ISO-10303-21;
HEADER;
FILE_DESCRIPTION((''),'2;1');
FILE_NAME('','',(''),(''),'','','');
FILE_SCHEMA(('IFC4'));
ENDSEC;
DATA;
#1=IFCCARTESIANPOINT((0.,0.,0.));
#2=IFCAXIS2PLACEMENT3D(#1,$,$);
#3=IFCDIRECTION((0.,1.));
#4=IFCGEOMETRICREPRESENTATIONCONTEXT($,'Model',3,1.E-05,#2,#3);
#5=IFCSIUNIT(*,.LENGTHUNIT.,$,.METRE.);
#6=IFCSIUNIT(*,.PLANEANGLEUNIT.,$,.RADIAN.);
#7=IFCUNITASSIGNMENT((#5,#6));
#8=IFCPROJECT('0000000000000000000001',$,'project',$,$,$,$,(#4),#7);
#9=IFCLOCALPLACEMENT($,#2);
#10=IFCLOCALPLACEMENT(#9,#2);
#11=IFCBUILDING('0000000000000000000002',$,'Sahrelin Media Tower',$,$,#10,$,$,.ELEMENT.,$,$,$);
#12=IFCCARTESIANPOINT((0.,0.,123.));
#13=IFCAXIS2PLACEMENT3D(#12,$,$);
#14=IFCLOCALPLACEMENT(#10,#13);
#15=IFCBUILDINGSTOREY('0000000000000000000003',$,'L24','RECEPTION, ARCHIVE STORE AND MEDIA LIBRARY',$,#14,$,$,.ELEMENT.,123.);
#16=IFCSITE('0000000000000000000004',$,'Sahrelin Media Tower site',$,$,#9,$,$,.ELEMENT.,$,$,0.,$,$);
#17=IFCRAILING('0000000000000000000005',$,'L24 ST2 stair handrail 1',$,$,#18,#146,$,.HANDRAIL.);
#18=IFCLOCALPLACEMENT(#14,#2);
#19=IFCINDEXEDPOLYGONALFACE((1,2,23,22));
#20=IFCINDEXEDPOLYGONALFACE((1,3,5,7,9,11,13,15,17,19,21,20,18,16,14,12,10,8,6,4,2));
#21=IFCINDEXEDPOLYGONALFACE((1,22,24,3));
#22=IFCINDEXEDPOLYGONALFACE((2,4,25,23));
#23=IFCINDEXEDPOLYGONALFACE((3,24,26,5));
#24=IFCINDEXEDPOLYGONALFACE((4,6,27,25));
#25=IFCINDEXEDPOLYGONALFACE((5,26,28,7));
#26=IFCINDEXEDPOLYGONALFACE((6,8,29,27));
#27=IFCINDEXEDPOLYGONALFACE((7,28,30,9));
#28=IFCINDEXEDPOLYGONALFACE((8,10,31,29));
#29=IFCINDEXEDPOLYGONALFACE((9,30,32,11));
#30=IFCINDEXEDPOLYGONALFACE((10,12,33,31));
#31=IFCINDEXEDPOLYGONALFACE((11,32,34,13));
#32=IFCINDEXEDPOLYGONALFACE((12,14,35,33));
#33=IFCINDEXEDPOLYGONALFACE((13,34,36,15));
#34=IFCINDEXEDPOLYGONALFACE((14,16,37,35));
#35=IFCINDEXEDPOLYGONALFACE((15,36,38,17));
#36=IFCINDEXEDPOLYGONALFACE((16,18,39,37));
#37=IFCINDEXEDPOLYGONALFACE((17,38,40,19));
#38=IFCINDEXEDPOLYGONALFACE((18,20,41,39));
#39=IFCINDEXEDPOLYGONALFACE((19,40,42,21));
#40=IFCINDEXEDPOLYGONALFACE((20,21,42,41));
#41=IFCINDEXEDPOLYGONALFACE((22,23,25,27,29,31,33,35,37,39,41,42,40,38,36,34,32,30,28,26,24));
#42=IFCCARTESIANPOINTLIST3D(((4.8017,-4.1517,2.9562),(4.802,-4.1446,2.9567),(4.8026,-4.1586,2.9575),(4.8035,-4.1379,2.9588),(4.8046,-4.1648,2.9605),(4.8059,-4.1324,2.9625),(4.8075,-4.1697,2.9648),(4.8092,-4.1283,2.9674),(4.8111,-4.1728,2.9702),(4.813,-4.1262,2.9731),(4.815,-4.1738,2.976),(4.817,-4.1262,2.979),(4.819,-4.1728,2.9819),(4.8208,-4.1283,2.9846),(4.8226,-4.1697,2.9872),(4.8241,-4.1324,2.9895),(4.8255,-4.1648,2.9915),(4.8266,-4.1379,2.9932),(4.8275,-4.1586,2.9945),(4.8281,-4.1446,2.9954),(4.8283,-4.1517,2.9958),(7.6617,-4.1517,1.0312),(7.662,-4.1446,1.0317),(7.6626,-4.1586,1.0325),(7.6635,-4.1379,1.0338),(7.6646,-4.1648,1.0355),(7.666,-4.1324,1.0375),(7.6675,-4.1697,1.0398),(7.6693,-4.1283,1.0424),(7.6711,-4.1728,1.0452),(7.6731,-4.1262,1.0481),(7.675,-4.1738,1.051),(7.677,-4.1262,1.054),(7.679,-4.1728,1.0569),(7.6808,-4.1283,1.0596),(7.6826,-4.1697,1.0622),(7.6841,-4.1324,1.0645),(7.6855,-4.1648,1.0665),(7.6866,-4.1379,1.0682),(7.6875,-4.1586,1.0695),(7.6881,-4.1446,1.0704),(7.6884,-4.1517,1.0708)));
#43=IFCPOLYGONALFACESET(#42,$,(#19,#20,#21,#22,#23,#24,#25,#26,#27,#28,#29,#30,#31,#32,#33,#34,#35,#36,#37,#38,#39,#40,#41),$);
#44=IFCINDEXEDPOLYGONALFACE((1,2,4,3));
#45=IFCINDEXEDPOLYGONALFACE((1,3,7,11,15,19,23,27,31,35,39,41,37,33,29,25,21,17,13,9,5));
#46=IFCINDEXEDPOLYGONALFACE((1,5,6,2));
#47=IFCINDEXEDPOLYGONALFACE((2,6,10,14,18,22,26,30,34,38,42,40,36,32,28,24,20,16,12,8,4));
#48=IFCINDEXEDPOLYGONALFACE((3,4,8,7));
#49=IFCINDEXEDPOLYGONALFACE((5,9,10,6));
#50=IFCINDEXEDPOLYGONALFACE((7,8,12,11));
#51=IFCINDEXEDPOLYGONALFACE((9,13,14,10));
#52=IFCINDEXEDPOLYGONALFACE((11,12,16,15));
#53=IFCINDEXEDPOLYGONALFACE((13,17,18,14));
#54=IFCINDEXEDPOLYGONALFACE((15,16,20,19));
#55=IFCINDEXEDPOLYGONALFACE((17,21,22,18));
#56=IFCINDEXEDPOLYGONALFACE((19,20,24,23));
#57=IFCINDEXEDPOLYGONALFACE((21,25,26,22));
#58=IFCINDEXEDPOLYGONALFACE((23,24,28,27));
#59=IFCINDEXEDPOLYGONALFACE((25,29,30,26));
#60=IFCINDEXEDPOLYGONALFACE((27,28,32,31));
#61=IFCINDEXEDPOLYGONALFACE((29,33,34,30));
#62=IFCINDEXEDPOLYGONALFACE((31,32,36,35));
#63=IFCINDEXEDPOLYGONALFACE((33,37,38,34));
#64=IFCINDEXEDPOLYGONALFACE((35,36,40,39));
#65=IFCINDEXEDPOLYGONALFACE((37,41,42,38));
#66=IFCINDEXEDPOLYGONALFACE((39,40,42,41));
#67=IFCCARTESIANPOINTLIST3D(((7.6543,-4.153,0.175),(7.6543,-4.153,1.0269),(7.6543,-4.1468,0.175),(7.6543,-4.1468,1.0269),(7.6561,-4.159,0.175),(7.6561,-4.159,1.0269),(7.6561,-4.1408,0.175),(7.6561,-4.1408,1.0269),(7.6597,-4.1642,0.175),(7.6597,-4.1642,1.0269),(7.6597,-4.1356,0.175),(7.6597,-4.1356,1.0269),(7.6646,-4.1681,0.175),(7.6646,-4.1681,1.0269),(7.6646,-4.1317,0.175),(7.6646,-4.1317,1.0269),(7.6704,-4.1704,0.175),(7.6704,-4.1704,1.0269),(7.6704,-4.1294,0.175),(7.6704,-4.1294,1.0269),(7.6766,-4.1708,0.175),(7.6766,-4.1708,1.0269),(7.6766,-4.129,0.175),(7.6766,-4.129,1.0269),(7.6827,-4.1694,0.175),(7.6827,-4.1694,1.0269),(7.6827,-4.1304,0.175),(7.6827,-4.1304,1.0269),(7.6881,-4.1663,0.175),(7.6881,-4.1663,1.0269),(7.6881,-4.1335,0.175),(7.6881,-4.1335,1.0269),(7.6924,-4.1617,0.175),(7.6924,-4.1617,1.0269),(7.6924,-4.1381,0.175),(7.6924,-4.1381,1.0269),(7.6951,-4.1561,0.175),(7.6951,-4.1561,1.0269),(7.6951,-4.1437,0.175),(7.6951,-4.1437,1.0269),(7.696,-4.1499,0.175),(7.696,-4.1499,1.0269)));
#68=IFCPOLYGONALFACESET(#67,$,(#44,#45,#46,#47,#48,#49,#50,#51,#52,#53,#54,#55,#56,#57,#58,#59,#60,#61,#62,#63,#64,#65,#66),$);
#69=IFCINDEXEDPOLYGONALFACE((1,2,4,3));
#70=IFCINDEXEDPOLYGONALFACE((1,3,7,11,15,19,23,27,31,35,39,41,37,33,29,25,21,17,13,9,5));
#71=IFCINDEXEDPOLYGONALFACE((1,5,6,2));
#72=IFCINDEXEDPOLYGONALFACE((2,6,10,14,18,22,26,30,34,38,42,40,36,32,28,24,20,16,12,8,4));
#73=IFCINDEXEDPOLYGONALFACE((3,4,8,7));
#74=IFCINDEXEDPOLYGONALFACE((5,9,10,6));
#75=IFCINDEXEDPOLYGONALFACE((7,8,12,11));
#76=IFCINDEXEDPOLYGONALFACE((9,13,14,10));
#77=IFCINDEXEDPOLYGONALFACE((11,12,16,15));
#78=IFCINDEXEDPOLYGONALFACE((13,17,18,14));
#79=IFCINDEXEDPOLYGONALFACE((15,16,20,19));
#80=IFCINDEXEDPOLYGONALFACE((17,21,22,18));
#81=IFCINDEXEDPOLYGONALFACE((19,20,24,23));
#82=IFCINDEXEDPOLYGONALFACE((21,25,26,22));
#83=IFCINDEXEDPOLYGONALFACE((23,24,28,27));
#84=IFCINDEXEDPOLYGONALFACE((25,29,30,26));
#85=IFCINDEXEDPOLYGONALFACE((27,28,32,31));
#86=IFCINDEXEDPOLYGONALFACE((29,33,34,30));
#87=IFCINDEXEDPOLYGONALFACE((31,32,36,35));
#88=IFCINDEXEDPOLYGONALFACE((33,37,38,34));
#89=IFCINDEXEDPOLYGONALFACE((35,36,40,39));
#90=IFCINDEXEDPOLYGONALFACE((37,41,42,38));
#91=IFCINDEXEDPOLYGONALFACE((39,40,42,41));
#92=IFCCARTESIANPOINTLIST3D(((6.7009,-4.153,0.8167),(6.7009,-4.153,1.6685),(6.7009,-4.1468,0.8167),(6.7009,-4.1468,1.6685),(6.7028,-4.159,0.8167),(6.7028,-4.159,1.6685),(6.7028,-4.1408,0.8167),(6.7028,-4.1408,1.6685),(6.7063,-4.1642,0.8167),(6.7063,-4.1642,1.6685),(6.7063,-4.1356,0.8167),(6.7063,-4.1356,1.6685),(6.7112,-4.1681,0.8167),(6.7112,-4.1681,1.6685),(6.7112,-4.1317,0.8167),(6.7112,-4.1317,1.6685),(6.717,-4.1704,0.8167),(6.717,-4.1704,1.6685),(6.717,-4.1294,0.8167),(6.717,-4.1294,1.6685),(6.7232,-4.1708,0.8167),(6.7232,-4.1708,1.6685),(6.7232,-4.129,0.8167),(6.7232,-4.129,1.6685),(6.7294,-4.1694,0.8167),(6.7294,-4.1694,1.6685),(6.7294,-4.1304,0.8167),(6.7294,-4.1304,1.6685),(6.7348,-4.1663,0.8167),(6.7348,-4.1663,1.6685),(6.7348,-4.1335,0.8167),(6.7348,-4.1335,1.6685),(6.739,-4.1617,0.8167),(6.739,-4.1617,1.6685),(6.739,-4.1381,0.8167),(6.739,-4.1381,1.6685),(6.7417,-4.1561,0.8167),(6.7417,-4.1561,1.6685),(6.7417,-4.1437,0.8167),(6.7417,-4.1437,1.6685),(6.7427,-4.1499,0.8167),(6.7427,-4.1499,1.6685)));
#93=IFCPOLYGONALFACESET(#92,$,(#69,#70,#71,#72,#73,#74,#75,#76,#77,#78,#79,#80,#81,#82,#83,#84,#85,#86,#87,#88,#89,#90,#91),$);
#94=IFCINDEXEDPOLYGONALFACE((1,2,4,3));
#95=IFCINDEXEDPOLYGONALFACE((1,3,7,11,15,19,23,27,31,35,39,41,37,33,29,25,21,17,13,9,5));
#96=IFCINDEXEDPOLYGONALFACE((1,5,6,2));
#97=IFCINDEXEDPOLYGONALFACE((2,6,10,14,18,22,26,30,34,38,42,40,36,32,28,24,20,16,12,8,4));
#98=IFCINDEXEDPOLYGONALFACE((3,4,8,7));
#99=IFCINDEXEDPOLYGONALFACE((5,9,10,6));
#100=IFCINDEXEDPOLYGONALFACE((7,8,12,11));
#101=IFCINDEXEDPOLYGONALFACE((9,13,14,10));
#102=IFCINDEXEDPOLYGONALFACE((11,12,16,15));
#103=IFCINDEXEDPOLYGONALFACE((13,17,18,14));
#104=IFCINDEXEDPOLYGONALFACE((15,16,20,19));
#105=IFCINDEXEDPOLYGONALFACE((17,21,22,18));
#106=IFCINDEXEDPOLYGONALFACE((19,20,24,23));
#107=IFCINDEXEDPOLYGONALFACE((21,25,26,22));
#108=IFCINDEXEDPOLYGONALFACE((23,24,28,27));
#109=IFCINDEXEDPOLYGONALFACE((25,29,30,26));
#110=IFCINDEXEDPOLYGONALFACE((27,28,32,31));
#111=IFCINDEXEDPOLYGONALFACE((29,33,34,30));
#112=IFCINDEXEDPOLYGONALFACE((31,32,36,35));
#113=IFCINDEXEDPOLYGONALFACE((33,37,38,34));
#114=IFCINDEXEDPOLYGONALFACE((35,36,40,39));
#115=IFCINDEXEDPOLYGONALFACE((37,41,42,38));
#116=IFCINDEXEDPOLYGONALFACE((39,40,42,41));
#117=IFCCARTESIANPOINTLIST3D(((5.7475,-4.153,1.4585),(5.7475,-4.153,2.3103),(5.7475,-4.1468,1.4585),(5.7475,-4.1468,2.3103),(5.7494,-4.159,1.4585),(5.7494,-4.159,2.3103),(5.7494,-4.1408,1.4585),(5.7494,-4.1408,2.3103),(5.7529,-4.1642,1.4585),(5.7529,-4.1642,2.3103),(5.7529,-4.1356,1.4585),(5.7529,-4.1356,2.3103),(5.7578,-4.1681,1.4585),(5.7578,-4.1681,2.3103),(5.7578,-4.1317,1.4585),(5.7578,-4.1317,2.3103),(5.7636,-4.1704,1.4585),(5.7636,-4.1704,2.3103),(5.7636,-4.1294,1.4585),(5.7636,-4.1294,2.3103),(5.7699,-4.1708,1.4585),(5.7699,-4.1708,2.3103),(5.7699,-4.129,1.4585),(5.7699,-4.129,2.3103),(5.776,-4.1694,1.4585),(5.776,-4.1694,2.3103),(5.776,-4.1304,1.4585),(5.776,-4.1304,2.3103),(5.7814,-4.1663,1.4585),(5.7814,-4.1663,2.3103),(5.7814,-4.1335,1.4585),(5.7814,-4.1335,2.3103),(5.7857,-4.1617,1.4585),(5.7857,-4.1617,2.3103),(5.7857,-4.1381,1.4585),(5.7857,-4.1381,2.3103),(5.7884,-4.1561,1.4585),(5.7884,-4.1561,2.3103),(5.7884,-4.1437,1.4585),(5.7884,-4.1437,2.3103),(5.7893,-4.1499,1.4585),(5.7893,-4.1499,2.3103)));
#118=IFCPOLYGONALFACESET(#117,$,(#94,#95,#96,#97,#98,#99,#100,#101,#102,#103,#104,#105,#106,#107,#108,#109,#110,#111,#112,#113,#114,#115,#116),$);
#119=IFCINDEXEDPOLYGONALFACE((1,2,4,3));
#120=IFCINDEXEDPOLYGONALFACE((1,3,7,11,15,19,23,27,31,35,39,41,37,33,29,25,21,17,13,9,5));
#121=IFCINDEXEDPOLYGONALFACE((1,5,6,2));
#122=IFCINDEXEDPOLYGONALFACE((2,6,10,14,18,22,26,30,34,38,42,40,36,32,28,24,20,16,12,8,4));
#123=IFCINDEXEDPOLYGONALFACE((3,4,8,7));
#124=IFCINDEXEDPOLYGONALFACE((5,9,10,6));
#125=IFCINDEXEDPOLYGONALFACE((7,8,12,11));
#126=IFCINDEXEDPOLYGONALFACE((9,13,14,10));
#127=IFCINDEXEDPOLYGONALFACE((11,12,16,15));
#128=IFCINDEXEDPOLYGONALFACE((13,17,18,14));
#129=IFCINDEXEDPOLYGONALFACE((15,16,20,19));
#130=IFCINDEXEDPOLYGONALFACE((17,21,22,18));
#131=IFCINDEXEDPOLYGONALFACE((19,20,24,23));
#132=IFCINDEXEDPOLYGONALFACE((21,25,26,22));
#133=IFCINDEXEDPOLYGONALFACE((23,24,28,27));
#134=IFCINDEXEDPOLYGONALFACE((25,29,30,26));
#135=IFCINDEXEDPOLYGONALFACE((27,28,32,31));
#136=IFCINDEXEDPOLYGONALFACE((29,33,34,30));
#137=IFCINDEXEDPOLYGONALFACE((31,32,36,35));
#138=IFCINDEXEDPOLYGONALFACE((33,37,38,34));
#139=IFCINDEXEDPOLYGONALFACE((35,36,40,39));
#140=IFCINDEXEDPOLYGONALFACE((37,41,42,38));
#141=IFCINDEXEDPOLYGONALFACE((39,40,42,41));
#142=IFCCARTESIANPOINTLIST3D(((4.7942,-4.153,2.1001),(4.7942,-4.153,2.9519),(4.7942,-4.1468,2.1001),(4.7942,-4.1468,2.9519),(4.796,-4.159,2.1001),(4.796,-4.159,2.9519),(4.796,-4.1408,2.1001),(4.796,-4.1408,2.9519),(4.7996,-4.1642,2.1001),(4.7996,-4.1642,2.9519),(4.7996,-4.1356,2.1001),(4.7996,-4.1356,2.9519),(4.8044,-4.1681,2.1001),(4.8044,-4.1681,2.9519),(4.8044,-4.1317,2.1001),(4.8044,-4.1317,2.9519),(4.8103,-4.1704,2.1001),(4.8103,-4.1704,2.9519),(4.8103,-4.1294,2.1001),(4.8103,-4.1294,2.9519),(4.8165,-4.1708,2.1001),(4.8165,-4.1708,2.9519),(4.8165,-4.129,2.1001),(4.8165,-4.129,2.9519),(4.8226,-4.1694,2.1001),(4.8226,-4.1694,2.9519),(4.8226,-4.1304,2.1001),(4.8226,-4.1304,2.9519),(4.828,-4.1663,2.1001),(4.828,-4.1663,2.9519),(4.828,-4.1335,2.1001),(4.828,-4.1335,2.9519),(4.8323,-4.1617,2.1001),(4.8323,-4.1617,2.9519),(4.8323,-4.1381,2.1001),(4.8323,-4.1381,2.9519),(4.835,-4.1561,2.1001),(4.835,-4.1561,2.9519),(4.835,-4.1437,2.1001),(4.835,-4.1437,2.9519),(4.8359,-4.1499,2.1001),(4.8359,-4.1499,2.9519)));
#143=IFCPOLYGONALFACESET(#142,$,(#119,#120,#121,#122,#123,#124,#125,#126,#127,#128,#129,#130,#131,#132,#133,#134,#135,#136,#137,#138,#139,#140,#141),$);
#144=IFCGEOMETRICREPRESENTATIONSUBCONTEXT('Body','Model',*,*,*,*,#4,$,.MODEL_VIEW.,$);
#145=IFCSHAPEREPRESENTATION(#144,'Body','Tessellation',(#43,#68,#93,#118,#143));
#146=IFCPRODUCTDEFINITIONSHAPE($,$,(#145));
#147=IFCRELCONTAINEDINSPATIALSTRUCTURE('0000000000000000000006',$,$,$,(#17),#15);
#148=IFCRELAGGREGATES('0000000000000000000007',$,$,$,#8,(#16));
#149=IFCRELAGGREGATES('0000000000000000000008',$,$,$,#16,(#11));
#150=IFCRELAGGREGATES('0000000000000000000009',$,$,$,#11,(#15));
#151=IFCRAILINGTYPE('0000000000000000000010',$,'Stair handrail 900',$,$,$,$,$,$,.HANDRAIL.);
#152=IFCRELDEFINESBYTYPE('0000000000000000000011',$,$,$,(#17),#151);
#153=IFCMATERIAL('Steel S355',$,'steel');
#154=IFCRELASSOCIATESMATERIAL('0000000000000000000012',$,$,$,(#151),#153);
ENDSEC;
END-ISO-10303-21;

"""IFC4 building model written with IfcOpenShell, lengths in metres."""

from ifc_helpers import new_model, si_unit, direction, frame, origin, origin_2d, place, context, subcontext, project, spatial, circle, extrude, material, type_object, element, save


model = new_model("IFC4")

# Units and contexts
model_context = context("Model", 3, precision=1e-05, world=origin(), true_north=direction((0.0, 1.0)))
body_context = subcontext(model_context, "Body", "Model", "MODEL_VIEW")
ifc_project = project(units=[si_unit("LENGTHUNIT", "METRE"), si_unit("PLANEANGLEUNIT", "RADIAN")], contexts=[model_context])

# Site, building, storey
site_placement = place(None, origin())
site = spatial("IfcSite", under=ifc_project, at=site_placement, Name="Sahrelin Media Tower site", CompositionType="ELEMENT", RefElevation=0.0)
building_placement = place(site_placement, origin())
building = spatial("IfcBuilding", under=site, at=building_placement, Name="Sahrelin Media Tower", CompositionType="ELEMENT")
storey_placement = place(building_placement, frame((0.0, 0.0, 123.0)))
storey = spatial("IfcBuildingStorey", under=building, at=storey_placement, Name="L24", Description="RECEPTION, ARCHIVE STORE AND MEDIA LIBRARY", CompositionType="ELEMENT", Elevation=123.0)

# Shared definitions
ifc_material_1 = material(Name="Steel S355", Category="steel")

# Railing
railing_type_1 = type_object("IfcRailingType", Name="Stair handrail 900", PredefinedType="HANDRAIL", material=ifc_material_1)
railing_1_placement = place(storey_placement, frame((7.675, -4.1499, 0.175)))
element("IfcRailing", 1, at=railing_1_placement, inside=storey, type_object=railing_type_1, Name="L24 ST2 stair handrail 1", PredefinedType="HANDRAIL", context=body_context, shape_type="SweptSolid", body=[
    extrude(circle(Radius=0.0239, at=origin_2d()), frame((0.0, 0.0, 0.876), z_axis=(-0.829591, 0.0, 0.558372), x_axis=(0.0, -1.0, 0.0)), (0.0, 0.0, 1.0), 3.4475),
    extrude(circle(Radius=0.021, at=origin_2d()), origin(), (0.0, 0.0, 1.0), 0.8518),
    extrude(circle(Radius=0.021, at=origin_2d()), frame((-0.9534, 0.0, 0.6416)), (0.0, 0.0, 1.0), 0.8518),
    extrude(circle(Radius=0.021, at=origin_2d()), frame((-1.9067, 0.0, 1.2834)), (0.0, 0.0, 1.0), 0.8518),
    extrude(circle(Radius=0.021, at=origin_2d()), frame((-2.8601, 0.0, 1.925)), (0.0, 0.0, 1.0), 0.8518),
])

save(model, "model.ifc")
